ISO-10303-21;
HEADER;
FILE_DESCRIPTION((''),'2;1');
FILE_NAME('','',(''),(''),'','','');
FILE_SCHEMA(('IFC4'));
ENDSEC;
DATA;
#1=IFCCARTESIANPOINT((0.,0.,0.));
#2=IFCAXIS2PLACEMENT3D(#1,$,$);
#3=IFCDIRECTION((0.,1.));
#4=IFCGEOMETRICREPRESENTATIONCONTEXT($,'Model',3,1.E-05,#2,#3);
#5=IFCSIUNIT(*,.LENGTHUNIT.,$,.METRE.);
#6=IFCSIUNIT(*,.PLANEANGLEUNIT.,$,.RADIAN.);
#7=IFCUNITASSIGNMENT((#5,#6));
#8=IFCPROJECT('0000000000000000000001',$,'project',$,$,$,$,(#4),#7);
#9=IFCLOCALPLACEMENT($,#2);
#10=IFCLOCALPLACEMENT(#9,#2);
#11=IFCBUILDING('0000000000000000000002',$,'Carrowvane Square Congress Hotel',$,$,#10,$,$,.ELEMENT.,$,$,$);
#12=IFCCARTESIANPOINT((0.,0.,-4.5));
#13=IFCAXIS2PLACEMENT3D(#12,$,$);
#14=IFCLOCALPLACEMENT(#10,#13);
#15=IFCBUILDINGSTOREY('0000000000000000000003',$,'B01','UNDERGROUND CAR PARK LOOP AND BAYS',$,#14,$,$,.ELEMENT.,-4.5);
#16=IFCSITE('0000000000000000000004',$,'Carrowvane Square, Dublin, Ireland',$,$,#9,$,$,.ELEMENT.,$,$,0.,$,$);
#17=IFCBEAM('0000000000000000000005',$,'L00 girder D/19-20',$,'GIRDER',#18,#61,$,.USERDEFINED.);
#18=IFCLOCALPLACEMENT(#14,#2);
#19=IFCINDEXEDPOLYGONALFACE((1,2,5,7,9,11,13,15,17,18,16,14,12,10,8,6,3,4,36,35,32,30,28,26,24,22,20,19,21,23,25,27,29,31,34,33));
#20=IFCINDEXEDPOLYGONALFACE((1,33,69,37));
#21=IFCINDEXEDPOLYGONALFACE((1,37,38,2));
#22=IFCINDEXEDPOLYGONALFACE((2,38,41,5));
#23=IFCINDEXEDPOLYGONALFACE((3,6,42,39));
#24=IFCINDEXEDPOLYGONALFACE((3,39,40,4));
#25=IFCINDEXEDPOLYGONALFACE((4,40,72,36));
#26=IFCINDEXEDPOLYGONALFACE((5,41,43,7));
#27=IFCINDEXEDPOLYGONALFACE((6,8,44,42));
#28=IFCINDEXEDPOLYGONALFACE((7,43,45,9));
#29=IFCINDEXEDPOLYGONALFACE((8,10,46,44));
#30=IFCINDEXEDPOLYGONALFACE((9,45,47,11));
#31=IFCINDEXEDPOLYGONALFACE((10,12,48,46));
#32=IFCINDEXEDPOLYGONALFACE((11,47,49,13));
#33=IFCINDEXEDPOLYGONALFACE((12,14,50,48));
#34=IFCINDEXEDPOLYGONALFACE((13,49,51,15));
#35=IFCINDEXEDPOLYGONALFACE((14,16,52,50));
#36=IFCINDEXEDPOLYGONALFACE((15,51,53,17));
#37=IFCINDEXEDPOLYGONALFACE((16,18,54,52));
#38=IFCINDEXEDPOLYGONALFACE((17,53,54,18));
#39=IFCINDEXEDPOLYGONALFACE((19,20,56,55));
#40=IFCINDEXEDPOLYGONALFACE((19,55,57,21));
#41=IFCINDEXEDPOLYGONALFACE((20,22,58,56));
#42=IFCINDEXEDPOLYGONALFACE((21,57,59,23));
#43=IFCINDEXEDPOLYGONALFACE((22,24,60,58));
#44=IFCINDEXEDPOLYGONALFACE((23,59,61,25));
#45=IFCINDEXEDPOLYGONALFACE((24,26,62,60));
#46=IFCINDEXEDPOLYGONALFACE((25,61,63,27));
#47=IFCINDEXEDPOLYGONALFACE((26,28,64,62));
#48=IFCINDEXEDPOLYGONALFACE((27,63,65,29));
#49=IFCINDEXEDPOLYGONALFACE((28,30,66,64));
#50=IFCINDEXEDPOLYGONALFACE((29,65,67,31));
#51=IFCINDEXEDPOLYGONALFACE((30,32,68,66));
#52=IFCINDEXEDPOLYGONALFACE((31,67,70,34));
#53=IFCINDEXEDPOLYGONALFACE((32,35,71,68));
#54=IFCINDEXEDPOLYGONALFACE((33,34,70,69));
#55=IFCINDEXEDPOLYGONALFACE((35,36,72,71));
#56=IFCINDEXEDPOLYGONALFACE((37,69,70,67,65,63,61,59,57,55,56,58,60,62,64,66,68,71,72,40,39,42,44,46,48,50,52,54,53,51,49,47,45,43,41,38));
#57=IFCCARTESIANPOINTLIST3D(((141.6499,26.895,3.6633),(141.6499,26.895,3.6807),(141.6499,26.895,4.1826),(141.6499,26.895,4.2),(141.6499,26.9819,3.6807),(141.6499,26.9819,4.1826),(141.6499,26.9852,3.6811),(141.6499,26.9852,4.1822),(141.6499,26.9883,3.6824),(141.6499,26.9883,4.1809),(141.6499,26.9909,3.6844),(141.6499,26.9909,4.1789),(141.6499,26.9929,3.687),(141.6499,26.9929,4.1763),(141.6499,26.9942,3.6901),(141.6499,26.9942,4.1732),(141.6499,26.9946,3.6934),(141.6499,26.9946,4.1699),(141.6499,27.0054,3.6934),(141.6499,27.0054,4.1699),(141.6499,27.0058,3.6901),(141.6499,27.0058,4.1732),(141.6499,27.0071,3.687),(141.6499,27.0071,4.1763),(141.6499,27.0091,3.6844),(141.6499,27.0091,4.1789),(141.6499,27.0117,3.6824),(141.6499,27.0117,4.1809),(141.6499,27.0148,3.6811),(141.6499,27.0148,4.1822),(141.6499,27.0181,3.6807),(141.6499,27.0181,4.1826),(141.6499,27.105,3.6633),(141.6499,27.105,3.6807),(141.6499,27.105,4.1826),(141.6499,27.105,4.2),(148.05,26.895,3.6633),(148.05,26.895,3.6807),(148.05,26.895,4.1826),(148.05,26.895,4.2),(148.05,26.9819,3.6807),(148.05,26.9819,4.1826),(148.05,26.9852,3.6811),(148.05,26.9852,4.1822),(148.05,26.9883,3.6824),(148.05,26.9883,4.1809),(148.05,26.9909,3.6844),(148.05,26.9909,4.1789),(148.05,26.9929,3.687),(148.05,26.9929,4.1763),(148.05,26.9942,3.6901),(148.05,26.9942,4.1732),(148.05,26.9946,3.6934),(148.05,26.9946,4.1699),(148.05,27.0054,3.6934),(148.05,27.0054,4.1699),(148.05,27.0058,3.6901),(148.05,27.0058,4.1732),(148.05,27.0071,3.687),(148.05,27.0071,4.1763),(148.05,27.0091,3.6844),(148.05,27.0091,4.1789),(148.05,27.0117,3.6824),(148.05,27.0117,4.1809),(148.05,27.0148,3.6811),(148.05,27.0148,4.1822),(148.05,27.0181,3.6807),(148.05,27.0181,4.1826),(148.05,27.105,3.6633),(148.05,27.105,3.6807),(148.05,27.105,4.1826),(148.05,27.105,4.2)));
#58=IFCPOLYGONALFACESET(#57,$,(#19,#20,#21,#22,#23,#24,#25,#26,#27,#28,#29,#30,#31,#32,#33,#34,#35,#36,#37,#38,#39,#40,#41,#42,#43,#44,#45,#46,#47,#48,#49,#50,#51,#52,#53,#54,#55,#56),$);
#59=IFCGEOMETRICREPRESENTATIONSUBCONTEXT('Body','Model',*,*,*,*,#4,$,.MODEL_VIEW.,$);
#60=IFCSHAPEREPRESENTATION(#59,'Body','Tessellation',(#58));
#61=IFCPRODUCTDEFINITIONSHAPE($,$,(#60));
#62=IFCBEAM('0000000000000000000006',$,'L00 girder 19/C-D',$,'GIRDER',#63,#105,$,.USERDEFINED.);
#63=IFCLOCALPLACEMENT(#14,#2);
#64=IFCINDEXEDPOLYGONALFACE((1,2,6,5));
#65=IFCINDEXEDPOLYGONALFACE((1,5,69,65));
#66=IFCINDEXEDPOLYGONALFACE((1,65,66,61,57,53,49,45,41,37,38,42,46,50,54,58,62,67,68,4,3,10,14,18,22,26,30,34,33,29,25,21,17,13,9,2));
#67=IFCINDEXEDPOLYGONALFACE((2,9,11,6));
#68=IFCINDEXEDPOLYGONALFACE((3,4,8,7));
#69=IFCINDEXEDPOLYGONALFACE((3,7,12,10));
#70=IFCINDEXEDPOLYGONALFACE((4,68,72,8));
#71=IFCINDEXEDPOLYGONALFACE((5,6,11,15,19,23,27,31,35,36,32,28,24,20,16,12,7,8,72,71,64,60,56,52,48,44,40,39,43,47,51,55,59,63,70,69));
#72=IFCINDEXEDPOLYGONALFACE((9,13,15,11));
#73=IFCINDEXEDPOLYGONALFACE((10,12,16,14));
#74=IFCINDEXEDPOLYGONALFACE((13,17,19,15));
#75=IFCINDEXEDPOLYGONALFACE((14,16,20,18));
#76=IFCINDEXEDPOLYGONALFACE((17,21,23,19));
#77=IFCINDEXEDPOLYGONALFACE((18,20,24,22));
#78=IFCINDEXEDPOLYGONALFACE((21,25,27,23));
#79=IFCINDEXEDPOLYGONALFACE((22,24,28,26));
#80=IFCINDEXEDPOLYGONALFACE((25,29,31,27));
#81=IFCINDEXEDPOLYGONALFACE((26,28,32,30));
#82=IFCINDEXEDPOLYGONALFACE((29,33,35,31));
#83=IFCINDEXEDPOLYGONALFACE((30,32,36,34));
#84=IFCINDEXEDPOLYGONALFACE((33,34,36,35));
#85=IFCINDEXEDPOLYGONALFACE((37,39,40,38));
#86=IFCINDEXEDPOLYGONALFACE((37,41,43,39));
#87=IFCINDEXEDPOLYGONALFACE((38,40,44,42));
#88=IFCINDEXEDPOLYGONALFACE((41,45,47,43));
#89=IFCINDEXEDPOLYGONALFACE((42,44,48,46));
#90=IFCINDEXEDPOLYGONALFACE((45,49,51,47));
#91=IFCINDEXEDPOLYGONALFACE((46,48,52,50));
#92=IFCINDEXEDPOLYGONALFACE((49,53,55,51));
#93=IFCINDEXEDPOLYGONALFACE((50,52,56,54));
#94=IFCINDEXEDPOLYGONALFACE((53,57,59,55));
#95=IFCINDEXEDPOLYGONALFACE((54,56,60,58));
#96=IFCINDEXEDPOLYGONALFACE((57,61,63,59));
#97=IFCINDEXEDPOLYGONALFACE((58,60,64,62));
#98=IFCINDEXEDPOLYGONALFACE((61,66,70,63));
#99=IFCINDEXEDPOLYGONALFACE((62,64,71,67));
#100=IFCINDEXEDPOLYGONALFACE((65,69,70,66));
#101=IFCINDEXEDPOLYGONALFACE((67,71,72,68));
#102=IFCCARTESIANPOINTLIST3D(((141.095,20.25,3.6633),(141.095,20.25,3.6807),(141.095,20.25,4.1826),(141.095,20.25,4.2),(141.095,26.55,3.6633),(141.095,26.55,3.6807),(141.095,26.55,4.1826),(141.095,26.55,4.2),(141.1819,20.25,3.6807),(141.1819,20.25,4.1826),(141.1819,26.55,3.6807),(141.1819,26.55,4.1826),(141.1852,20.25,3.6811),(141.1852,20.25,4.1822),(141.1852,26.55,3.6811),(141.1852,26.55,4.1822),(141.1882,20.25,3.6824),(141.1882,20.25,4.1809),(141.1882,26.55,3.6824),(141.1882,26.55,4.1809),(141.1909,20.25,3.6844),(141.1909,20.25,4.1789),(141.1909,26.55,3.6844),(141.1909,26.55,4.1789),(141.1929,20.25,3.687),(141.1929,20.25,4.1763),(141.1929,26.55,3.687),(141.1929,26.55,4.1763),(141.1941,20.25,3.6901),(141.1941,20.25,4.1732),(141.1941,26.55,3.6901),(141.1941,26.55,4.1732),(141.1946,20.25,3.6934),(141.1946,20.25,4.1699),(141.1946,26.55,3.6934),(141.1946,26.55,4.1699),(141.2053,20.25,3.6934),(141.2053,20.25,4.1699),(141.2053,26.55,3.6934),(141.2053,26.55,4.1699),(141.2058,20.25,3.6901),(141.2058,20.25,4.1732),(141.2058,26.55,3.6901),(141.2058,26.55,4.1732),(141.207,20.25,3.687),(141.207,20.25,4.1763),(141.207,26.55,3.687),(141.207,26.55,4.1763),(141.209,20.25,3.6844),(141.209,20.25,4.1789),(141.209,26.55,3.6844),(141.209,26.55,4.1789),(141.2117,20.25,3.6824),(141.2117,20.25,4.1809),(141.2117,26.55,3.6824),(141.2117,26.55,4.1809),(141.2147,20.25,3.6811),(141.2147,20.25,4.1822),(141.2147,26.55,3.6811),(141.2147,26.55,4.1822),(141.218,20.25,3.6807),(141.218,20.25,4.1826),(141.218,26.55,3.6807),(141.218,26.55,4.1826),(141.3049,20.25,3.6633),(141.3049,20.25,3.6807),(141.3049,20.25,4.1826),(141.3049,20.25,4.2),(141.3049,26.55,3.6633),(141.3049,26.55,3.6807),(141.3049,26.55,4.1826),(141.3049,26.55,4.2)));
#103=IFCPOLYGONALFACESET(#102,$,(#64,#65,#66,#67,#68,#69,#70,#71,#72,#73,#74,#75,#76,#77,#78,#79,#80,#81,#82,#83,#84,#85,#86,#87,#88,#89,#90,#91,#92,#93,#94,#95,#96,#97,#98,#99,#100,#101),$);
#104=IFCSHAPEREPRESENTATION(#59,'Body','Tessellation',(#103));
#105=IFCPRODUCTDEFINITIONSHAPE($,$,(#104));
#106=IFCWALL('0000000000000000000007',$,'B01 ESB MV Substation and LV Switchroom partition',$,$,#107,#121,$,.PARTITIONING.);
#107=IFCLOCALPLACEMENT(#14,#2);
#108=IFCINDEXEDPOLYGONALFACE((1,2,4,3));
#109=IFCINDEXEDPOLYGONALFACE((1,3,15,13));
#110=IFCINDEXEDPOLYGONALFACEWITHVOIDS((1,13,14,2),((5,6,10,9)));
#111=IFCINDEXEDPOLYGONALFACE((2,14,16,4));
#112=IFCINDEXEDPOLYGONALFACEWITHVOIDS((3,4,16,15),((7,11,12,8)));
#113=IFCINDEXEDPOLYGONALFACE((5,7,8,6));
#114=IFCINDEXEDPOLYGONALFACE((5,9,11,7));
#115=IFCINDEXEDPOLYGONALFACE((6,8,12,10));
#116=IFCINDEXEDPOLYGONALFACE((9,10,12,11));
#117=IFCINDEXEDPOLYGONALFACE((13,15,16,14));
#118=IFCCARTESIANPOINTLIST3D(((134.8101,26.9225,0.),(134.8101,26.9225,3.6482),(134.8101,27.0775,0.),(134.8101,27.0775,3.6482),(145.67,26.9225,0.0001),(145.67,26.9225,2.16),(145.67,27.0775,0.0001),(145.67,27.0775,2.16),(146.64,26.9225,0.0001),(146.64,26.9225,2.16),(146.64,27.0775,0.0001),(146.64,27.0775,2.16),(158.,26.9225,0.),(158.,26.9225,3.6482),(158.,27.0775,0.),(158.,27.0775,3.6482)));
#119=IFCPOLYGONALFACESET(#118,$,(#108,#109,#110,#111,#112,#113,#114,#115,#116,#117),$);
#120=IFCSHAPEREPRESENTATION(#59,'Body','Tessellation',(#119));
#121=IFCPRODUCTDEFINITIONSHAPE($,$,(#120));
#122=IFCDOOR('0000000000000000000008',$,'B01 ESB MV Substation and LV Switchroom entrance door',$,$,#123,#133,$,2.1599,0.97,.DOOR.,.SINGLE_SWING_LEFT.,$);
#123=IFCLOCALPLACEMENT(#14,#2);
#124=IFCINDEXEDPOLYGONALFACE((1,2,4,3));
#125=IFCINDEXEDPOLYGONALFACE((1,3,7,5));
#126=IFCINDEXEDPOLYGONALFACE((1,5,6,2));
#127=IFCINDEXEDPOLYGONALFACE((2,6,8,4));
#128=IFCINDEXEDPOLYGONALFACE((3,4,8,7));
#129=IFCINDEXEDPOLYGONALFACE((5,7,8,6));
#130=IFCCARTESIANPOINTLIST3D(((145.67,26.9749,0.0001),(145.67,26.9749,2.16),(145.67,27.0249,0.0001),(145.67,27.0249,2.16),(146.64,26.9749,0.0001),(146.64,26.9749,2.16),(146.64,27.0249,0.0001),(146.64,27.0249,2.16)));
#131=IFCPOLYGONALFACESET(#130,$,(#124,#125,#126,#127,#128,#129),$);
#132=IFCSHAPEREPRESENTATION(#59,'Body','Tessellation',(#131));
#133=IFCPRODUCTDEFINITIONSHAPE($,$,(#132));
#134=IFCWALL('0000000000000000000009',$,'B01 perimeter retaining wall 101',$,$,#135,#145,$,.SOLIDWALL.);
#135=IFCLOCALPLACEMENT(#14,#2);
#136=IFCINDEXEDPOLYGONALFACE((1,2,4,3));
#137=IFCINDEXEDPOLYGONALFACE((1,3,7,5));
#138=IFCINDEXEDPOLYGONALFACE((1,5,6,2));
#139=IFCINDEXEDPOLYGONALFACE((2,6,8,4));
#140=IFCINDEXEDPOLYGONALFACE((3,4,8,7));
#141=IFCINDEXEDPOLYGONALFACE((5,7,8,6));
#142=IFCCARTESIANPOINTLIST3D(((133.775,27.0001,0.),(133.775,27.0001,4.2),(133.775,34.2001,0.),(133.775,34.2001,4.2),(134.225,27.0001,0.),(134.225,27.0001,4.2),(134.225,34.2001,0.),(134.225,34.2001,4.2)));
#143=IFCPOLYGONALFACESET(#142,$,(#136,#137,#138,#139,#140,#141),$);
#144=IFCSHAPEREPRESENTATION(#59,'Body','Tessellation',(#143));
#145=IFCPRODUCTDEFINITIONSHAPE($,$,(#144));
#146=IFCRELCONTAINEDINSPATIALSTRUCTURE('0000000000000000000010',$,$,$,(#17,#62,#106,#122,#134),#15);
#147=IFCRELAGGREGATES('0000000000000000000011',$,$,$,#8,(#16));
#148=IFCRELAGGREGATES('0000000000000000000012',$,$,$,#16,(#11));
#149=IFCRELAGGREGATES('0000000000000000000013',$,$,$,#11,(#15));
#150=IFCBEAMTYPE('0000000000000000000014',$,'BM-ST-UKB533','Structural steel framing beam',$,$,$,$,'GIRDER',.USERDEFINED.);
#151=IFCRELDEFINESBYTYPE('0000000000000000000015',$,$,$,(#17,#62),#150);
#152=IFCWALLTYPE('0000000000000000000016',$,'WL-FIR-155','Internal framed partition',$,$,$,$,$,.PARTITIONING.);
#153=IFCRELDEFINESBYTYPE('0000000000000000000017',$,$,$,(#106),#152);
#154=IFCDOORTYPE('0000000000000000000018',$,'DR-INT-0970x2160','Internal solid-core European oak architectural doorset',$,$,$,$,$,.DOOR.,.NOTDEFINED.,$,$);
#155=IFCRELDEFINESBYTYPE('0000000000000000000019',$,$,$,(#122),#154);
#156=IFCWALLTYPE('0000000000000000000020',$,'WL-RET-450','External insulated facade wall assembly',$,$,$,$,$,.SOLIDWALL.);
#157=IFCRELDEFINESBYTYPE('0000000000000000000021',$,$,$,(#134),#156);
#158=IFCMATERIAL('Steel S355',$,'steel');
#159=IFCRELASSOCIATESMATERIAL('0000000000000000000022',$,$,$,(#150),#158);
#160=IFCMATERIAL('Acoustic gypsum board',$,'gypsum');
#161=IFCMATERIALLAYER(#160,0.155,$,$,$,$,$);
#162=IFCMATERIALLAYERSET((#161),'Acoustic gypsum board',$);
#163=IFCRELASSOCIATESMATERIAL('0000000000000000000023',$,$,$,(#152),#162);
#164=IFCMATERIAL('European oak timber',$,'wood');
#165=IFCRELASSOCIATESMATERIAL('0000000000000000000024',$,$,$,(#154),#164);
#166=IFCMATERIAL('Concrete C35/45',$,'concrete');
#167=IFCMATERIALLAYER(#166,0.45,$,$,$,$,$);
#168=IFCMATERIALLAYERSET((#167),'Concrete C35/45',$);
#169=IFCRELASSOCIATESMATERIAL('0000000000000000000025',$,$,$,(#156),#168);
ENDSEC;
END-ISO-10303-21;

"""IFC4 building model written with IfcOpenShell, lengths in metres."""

from ifc_helpers import new_model, si_unit, direction, frame, frame_2d, origin, origin_2d, place, context, subcontext, project, spatial, rectangle, i_section, extrude, material, layer, layer_set, material_profile, profile_set, type_object, element, fill, save


model = new_model("IFC4")

# Units and contexts
model_context = context("Model", 3, precision=1e-05, world=origin(), true_north=direction((0.0, 1.0)))
body_context = subcontext(model_context, "Body", "Model", "MODEL_VIEW")
ifc_project = project(units=[si_unit("LENGTHUNIT", "METRE"), si_unit("PLANEANGLEUNIT", "RADIAN")], contexts=[model_context])

# Site, building, storey
site_placement = place(None, origin())
site = spatial("IfcSite", under=ifc_project, at=site_placement, Name="Carrowvane Square, Dublin, Ireland", CompositionType="ELEMENT", RefElevation=0.0)
building_placement = place(site_placement, origin())
building = spatial("IfcBuilding", under=site, at=building_placement, Name="Carrowvane Square Congress Hotel", CompositionType="ELEMENT")
storey_placement = place(building_placement, frame((0.0, 0.0, -4.5)))
storey = spatial("IfcBuildingStorey", under=building, at=storey_placement, Name="B01", Description="UNDERGROUND CAR PARK LOOP AND BAYS", CompositionType="ELEMENT", Elevation=-4.5)

# Beams
ifc_material_1 = material(Name="Steel S355", Category="steel")
ifc_material_profile_1 = material_profile(ifc_material_1, i_section(OverallWidth=0.21, OverallDepth=0.5366, WebThickness=0.0107, FlangeThickness=0.0173, FilletRadius=0.0127, at=origin_2d()), Name="UKB 533x210x101")
ifc_profile_set_1 = profile_set([ifc_material_profile_1], Name="Steel S355")
beam_type_1 = type_object("IfcBeamType", Name="BM-ST-UKB533", Description="Structural steel framing beam", ElementType="GIRDER", PredefinedType="USERDEFINED", material=ifc_profile_set_1)
beam_1_placement = place(storey_placement, frame((141.6499, 27.0, 3.9316), z_axis=(1.0, 0.0, 0.0), x_axis=(0.0, 1.0, 0.0)))
element("IfcBeam", 1, at=beam_1_placement, inside=storey, type_object=beam_type_1, Name="L00 girder D/19-20", ObjectType="GIRDER", PredefinedType="USERDEFINED", context=body_context, shape_type="SweptSolid", body=[
    extrude(i_section(OverallWidth=0.21, OverallDepth=0.5366, WebThickness=0.0107, FlangeThickness=0.0173, FilletRadius=0.0127, at=origin_2d()), origin(), (0.0, 0.0, 1.0), 6.4001),
])
beam_2_placement = place(storey_placement, frame((141.2, 20.25, 3.9316), z_axis=(0.0, 1.0, 0.0), x_axis=(-1.0, 0.0, 0.0)))
element("IfcBeam", 2, at=beam_2_placement, inside=storey, type_object=beam_type_1, Name="L00 girder 19/C-D", ObjectType="GIRDER", PredefinedType="USERDEFINED", context=body_context, shape_type="SweptSolid", body=[
    extrude(i_section(OverallWidth=0.21, OverallDepth=0.5366, WebThickness=0.0107, FlangeThickness=0.0173, FilletRadius=0.0127, at=origin_2d()), origin(), (0.0, 0.0, 1.0), 6.3),
])

# Wall, opening, door
ifc_material_2 = material(Name="Acoustic gypsum board", Category="gypsum")
ifc_layer_1 = layer(ifc_material_2, 0.155)
ifc_layer_set_1 = layer_set([ifc_layer_1], Name="Acoustic gypsum board")
wall_type_1 = type_object("IfcWallType", Name="WL-FIR-155", Description="Internal framed partition", PredefinedType="PARTITIONING", material=ifc_layer_set_1)
wall_1_placement = place(storey_placement, frame((134.8101, 27.0, 0.0), z_axis=(0.0, 0.0, 1.0), x_axis=(1.0, 0.0, 0.0)))
wall_1 = element("IfcWall", 3, at=wall_1_placement, inside=storey, type_object=wall_type_1, Name="B01 ESB MV Substation and LV Switchroom partition", PredefinedType="PARTITIONING", context=body_context, shape_type="SweptSolid", body=[
    extrude(rectangle(XDim=23.1899, YDim=0.155, at=frame_2d((11.595, 0.0))), origin(), (0.0, 0.0, 1.0), 3.6482),
])
opening_placement = place(wall_1_placement, frame((10.8601, 0.0, 0.0)))
opening = element("IfcOpeningElement", 4, at=opening_placement, cuts=wall_1, PredefinedType="OPENING", context=body_context, shape_type="SweptSolid", body=[
    extrude(rectangle(XDim=0.97, YDim=2.1599, at=frame_2d((0.4849, 1.0801))), frame((0.0, 0.0874, 0.0), z_axis=(0.0, -1.0, 0.0), x_axis=(1.0, 0.0, 0.0)), (0.0, 0.0, 1.0), 0.175),
])
ifc_material_3 = material(Name="European oak timber", Category="wood")
door_type = type_object("IfcDoorType", Name="DR-INT-0970x2160", Description="Internal solid-core European oak architectural doorset", OperationType="NOTDEFINED", PredefinedType="DOOR", material=ifc_material_3)
door_placement = place(opening_placement, origin())
door = element("IfcDoor", 5, at=door_placement, inside=storey, type_object=door_type, Name="B01 ESB MV Substation and LV Switchroom entrance door", OperationType="SINGLE_SWING_LEFT", OverallHeight=2.1599, OverallWidth=0.97, PredefinedType="DOOR", context=body_context, shape_type="SweptSolid", body=[
    extrude(rectangle(XDim=0.97, YDim=2.1599, at=frame_2d((0.4849, 1.0801))), frame((0.0, 0.0249, 0.0), z_axis=(0.0, -1.0, 0.0), x_axis=(1.0, 0.0, 0.0)), (0.0, 0.0, 1.0), 0.05),
])
fill(opening, door)

# Wall
ifc_material_4 = material(Name="Concrete C35/45", Category="concrete")
ifc_layer_2 = layer(ifc_material_4, 0.45)
ifc_layer_set_2 = layer_set([ifc_layer_2], Name="Concrete C35/45")
wall_type_2 = type_object("IfcWallType", Name="WL-RET-450", Description="External insulated facade wall assembly", PredefinedType="SOLIDWALL", material=ifc_layer_set_2)
wall_2_placement = place(storey_placement, frame((134.0, 27.0, 0.0), z_axis=(0.0, 0.0, 1.0), x_axis=(0.0, 1.0, 0.0)))
element("IfcWall", 6, at=wall_2_placement, inside=storey, type_object=wall_type_2, Name="B01 perimeter retaining wall 101", PredefinedType="SOLIDWALL", context=body_context, shape_type="SweptSolid", body=[
    extrude(rectangle(XDim=7.2, YDim=0.45, at=frame_2d((3.6001, 0.0))), origin(), (0.0, 0.0, 1.0), 4.2),
])

save(model, "model.ifc")
